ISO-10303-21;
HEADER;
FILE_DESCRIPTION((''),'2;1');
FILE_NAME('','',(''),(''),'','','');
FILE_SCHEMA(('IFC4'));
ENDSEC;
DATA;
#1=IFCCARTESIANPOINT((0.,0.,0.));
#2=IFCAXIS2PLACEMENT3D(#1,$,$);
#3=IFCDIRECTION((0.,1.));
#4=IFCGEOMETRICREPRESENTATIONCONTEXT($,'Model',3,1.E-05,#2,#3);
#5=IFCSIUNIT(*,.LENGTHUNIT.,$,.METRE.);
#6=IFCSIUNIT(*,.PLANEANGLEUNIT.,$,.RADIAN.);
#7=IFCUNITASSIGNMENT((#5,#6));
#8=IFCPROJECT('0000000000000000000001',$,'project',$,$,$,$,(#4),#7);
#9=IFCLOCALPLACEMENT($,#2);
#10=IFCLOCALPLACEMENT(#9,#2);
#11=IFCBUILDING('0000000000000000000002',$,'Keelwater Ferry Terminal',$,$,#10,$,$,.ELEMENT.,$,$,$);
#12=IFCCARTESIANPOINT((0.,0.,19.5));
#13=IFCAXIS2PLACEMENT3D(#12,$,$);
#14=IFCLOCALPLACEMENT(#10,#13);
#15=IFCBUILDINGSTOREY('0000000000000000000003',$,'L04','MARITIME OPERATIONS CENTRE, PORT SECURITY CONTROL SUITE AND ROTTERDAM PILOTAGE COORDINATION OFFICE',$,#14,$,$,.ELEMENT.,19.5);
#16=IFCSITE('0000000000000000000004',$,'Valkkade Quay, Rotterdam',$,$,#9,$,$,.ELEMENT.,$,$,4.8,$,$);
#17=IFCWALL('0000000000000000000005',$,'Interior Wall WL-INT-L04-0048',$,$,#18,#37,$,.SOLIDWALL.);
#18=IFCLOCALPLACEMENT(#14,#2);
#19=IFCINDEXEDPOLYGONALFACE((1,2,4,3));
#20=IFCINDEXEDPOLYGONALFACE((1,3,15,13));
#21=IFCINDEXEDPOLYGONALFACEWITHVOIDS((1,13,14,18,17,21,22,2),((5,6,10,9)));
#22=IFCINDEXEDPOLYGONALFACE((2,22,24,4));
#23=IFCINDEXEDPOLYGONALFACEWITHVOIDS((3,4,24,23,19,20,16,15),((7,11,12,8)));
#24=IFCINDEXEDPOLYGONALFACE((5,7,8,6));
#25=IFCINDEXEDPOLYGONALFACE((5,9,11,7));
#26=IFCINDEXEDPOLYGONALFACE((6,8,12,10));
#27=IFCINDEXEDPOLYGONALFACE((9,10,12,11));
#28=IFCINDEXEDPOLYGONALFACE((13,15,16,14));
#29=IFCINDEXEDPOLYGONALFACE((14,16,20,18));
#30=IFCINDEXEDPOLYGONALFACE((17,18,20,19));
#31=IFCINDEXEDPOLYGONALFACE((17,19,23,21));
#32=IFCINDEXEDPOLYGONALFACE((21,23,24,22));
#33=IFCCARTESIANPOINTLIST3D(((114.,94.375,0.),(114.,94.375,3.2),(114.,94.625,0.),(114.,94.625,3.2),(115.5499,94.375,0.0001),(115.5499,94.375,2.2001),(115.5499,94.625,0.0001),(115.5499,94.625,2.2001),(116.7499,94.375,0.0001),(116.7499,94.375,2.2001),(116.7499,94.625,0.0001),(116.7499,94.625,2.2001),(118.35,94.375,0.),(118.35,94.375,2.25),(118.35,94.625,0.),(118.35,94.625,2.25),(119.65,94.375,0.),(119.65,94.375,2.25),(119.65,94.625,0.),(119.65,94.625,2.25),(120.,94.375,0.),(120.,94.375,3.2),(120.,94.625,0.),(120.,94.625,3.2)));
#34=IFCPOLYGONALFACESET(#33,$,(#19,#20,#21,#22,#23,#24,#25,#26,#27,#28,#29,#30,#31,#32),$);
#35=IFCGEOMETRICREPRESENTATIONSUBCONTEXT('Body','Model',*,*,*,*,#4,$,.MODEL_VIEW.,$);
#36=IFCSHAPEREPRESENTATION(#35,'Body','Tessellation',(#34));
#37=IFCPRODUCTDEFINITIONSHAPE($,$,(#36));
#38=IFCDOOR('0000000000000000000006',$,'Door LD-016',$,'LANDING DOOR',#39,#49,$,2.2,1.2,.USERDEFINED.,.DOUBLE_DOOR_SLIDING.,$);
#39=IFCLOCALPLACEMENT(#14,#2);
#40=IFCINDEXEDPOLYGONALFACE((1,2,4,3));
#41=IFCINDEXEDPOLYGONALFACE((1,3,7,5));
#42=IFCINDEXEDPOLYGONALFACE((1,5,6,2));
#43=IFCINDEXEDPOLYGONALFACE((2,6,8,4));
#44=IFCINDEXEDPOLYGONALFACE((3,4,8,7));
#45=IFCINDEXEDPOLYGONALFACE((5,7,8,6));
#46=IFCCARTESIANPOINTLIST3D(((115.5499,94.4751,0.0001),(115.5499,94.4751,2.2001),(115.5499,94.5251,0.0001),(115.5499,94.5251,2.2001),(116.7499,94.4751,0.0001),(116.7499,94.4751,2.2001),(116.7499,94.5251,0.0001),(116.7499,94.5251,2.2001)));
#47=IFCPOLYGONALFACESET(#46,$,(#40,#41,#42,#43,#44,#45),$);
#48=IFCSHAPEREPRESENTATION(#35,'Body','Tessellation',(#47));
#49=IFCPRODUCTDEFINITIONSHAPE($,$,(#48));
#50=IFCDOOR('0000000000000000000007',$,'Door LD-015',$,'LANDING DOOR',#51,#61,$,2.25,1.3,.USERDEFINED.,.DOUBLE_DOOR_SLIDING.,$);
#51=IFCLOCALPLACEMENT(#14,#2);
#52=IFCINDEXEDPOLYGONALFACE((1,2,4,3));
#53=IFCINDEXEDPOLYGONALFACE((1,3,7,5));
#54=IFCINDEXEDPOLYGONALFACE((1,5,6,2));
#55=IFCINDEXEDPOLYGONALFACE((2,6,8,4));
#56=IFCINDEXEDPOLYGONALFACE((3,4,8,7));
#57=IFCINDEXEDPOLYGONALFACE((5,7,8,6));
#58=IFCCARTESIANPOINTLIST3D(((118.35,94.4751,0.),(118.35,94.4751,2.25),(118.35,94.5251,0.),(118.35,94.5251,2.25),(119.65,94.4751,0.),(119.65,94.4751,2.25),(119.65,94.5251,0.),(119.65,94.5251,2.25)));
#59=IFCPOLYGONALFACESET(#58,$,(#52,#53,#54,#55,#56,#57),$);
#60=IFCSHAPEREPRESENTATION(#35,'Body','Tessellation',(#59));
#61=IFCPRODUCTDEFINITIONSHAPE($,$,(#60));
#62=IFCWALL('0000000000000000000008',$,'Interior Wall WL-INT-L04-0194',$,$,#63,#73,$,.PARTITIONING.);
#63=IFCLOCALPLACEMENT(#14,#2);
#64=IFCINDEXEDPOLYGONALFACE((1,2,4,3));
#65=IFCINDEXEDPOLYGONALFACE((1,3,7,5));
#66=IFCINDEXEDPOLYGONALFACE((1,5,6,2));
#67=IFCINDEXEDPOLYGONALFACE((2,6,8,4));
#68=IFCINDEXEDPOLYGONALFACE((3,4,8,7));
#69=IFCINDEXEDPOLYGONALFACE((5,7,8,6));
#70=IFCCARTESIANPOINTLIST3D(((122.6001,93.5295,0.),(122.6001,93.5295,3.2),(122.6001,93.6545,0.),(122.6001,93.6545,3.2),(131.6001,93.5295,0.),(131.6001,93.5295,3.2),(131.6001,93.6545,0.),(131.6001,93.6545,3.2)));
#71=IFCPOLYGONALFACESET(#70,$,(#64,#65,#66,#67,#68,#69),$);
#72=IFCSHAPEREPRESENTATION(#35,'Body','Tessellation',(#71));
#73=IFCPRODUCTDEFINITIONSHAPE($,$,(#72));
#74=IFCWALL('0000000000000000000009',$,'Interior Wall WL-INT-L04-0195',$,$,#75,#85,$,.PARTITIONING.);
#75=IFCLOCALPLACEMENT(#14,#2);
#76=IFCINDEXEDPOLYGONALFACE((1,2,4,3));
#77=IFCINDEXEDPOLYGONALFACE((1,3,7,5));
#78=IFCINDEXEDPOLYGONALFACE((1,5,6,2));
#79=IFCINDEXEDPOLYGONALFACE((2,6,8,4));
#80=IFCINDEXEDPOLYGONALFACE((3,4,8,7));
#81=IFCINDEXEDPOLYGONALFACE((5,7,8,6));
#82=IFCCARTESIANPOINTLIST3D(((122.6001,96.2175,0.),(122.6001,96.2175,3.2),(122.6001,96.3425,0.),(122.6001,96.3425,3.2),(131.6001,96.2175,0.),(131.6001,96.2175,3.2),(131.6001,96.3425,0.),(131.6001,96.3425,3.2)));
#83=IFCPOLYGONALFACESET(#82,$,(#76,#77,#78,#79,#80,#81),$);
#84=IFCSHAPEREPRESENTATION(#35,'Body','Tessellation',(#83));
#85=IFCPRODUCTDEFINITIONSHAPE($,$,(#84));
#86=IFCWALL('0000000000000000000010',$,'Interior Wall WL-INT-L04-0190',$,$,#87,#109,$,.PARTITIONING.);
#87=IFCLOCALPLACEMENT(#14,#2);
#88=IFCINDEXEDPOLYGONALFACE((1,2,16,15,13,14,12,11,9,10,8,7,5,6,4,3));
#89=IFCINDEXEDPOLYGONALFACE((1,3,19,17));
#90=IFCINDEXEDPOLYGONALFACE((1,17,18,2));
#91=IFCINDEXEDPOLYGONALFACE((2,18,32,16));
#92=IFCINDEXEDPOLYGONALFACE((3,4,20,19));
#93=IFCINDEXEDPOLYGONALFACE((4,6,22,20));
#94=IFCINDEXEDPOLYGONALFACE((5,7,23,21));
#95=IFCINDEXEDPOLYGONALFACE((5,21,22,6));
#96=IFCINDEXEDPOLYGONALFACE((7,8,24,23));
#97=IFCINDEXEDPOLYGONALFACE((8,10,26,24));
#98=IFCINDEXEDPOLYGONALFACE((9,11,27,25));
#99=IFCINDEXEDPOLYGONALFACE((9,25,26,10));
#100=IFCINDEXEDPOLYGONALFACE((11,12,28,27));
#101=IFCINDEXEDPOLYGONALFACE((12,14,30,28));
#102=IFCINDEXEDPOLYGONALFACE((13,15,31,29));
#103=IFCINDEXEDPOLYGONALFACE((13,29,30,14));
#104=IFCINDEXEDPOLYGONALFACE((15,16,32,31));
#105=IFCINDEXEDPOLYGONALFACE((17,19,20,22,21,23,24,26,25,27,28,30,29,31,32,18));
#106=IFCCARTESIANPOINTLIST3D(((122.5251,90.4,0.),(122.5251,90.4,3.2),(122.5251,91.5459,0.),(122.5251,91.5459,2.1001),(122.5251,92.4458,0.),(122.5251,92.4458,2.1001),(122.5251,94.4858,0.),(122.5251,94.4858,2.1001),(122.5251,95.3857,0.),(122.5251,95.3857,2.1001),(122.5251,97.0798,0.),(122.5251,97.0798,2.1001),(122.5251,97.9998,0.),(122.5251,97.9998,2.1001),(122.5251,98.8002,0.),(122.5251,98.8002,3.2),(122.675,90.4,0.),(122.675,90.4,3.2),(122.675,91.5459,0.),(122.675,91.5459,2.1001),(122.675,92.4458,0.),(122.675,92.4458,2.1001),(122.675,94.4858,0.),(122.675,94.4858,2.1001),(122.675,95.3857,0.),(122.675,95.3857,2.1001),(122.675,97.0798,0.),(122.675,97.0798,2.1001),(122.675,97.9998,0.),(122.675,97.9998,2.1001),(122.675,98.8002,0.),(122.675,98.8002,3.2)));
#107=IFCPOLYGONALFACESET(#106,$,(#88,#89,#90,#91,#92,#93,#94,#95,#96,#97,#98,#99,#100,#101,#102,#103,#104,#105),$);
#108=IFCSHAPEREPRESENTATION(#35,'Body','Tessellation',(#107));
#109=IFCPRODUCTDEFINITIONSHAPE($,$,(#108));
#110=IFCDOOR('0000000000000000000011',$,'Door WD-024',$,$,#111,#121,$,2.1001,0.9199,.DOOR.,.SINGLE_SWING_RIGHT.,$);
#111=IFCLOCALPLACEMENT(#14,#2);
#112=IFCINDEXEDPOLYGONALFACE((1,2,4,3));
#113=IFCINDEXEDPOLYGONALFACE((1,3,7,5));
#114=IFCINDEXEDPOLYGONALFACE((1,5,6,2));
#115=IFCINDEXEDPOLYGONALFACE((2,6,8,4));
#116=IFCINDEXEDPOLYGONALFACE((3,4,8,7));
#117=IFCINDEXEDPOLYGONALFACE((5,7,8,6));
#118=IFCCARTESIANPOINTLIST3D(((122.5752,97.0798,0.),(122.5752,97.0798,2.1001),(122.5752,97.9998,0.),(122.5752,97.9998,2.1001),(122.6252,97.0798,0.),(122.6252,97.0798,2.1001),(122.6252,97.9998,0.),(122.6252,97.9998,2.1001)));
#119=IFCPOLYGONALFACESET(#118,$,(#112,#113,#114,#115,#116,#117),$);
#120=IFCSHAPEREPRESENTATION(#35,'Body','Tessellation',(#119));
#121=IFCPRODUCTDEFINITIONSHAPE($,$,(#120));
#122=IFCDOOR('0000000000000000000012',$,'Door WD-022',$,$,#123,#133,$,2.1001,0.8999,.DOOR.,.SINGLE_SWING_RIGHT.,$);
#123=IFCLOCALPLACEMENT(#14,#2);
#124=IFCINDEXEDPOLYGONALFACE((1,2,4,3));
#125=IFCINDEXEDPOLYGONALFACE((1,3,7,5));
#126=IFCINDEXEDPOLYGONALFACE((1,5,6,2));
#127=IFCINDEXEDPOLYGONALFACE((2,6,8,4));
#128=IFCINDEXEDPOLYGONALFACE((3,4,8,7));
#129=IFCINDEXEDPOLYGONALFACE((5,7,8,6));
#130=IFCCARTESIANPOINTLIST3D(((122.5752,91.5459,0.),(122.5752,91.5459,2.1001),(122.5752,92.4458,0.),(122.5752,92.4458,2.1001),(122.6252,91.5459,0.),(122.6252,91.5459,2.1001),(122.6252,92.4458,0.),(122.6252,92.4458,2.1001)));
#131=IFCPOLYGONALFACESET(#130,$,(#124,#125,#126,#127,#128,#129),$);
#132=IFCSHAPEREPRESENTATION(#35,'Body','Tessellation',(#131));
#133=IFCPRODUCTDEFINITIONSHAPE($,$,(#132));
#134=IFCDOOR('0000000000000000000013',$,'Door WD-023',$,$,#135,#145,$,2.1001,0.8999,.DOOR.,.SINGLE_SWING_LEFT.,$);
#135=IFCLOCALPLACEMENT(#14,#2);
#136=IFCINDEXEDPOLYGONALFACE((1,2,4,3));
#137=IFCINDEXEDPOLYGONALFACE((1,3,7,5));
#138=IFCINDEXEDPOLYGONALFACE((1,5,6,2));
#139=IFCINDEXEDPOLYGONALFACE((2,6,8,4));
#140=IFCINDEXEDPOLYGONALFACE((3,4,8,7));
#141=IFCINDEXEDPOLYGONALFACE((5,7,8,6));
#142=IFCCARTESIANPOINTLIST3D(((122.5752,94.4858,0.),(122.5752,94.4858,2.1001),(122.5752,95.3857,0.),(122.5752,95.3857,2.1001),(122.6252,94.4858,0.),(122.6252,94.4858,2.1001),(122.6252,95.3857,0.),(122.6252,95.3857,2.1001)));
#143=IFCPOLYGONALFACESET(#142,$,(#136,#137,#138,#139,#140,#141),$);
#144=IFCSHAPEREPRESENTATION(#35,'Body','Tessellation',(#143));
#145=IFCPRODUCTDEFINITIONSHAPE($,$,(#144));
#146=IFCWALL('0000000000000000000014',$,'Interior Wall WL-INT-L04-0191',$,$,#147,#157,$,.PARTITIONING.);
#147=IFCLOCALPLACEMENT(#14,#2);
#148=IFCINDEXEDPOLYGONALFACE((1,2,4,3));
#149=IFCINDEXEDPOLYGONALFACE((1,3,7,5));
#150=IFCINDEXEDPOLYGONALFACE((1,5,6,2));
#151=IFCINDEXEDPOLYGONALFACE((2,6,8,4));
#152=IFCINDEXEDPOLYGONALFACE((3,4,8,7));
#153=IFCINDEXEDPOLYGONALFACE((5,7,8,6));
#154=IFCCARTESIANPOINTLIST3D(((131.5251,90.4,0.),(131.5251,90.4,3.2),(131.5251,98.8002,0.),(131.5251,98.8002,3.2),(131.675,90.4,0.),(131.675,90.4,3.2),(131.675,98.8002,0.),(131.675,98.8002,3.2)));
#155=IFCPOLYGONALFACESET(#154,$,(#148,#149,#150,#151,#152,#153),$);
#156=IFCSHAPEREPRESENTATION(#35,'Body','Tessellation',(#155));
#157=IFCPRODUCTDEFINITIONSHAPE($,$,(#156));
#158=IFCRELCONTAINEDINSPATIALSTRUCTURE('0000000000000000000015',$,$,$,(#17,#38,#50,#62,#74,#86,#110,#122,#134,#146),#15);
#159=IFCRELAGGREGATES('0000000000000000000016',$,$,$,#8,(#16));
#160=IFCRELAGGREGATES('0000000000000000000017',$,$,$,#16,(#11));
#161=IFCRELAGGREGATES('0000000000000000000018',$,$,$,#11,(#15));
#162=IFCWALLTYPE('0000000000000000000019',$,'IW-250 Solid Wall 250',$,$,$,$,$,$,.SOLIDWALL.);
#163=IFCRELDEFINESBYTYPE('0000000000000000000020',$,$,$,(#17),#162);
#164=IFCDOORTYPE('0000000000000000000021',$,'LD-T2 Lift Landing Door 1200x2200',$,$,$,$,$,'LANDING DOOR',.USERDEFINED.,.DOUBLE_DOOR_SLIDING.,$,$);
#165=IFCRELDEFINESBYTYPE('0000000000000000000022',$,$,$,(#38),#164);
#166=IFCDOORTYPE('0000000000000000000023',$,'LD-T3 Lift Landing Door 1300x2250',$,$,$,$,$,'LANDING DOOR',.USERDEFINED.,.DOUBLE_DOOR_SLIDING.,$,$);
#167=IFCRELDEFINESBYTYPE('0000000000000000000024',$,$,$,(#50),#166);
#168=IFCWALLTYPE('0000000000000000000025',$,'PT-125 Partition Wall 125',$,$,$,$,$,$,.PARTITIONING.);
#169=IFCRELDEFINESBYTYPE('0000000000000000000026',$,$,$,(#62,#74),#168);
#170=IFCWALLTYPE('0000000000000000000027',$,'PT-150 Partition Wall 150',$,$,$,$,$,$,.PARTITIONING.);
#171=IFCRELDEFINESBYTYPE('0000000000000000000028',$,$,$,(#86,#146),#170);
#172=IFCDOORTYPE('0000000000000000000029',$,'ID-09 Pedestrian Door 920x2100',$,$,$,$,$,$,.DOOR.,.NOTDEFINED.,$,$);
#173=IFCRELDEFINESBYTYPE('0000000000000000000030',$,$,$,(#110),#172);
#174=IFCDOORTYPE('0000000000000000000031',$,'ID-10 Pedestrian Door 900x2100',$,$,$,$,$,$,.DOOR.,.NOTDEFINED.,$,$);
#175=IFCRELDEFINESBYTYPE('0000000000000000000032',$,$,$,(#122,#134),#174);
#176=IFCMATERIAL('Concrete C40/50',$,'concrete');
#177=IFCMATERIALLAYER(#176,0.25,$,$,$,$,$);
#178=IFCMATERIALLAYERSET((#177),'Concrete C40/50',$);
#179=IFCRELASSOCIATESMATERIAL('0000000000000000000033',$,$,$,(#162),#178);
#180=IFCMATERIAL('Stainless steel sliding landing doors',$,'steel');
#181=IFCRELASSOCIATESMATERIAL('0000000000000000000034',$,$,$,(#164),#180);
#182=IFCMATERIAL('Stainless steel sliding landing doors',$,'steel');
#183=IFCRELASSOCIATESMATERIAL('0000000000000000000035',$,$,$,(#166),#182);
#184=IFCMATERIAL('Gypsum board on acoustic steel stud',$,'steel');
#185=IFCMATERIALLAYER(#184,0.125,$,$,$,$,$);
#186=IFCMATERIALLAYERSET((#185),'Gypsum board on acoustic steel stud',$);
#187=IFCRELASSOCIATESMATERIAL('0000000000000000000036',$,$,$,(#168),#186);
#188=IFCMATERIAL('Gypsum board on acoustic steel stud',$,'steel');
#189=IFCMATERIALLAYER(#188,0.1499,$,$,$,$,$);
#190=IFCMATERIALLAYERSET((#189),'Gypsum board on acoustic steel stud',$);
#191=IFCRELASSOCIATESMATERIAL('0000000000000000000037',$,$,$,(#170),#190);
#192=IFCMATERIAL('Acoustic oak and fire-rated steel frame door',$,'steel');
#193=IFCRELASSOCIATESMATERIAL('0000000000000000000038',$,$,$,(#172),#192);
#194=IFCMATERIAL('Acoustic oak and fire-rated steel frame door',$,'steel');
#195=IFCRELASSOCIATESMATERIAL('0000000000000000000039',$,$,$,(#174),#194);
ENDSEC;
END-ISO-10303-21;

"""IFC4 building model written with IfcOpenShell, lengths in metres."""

from ifc_helpers import new_model, si_unit, direction, frame, frame_2d, origin, place, context, subcontext, project, spatial, rectangle, extrude, material, layer, layer_set, type_object, element, fill, save


model = new_model("IFC4")

# Units and contexts
model_context = context("Model", 3, precision=1e-05, world=origin(), true_north=direction((0.0, 1.0)))
body_context = subcontext(model_context, "Body", "Model", "MODEL_VIEW")
ifc_project = project(units=[si_unit("LENGTHUNIT", "METRE"), si_unit("PLANEANGLEUNIT", "RADIAN")], contexts=[model_context])

# Site, building, storey
site_placement = place(None, origin())
site = spatial("IfcSite", under=ifc_project, at=site_placement, Name="Valkkade Quay, Rotterdam", CompositionType="ELEMENT", RefElevation=4.8)
building_placement = place(site_placement, origin())
building = spatial("IfcBuilding", under=site, at=building_placement, Name="Keelwater Ferry Terminal", CompositionType="ELEMENT")
storey_placement = place(building_placement, frame((0.0, 0.0, 19.5)))
storey = spatial("IfcBuildingStorey", under=building, at=storey_placement, Name="L04", Description="MARITIME OPERATIONS CENTRE, PORT SECURITY CONTROL SUITE AND ROTTERDAM PILOTAGE COORDINATION OFFICE", CompositionType="ELEMENT", Elevation=19.5)

# Wall, openings, doors
ifc_material_1 = material(Name="Concrete C40/50", Category="concrete")
ifc_layer_1 = layer(ifc_material_1, 0.25)
ifc_layer_set_1 = layer_set([ifc_layer_1], Name="Concrete C40/50")
wall_type_1 = type_object("IfcWallType", Name="IW-250 Solid Wall 250", PredefinedType="SOLIDWALL", material=ifc_layer_set_1)
wall_1_placement = place(storey_placement, frame((120.0, 94.5, 0.0), z_axis=(0.0, 0.0, 1.0), x_axis=(-1.0, 0.0, 0.0)))
wall_1 = element("IfcWall", 1, at=wall_1_placement, inside=storey, type_object=wall_type_1, Name="Interior Wall WL-INT-L04-0048", PredefinedType="SOLIDWALL", context=body_context, shape_type="SweptSolid", body=[
    extrude(rectangle(XDim=6.0, YDim=0.25, at=frame_2d((3.0, 0.0))), origin(), (0.0, 0.0, 1.0), 3.2),
])
opening_1_placement = place(wall_1_placement, frame((0.3501, 0.0, 0.0)))
opening_1 = element("IfcOpeningElement", 2, at=opening_1_placement, cuts=wall_1, PredefinedType="OPENING", context=body_context, shape_type="SweptSolid", body=[
    extrude(rectangle(XDim=1.3, YDim=2.25, at=frame_2d((0.6499, 1.125))), frame((0.0, 0.135, 0.0), z_axis=(0.0, -1.0, 0.0), x_axis=(1.0, 0.0, 0.0)), (0.0, 0.0, 1.0), 0.27),
])
opening_2_placement = place(wall_1_placement, frame((3.25, 0.0, 0.0)))
opening_2 = element("IfcOpeningElement", 3, at=opening_2_placement, cuts=wall_1, PredefinedType="OPENING", context=body_context, shape_type="SweptSolid", body=[
    extrude(rectangle(XDim=1.2, YDim=2.2, at=frame_2d((0.6001, 1.1001))), frame((0.0, 0.135, 0.0), z_axis=(0.0, -1.0, 0.0), x_axis=(1.0, 0.0, 0.0)), (0.0, 0.0, 1.0), 0.27),
])
ifc_material_2 = material(Name="Stainless steel sliding landing doors", Category="steel")
door_type_1 = type_object("IfcDoorType", Name="LD-T2 Lift Landing Door 1200x2200", ElementType="LANDING DOOR", OperationType="DOUBLE_DOOR_SLIDING", PredefinedType="USERDEFINED", material=ifc_material_2)
door_1_placement = place(opening_2_placement, origin())
door_1 = element("IfcDoor", 4, at=door_1_placement, inside=storey, type_object=door_type_1, Name="Door LD-016", ObjectType="LANDING DOOR", OperationType="DOUBLE_DOOR_SLIDING", OverallHeight=2.2, OverallWidth=1.2, PredefinedType="USERDEFINED", context=body_context, shape_type="SweptSolid", body=[
    extrude(rectangle(XDim=1.2, YDim=2.2, at=frame_2d((0.6001, 1.1001))), frame((0.0, 0.0249, 0.0), z_axis=(0.0, -1.0, 0.0), x_axis=(1.0, 0.0, 0.0)), (0.0, 0.0, 1.0), 0.05),
])
fill(opening_2, door_1)
ifc_material_3 = material(Name="Stainless steel sliding landing doors", Category="steel")
door_type_2 = type_object("IfcDoorType", Name="LD-T3 Lift Landing Door 1300x2250", ElementType="LANDING DOOR", OperationType="DOUBLE_DOOR_SLIDING", PredefinedType="USERDEFINED", material=ifc_material_3)
door_2_placement = place(opening_1_placement, origin())
door_2 = element("IfcDoor", 5, at=door_2_placement, inside=storey, type_object=door_type_2, Name="Door LD-015", ObjectType="LANDING DOOR", OperationType="DOUBLE_DOOR_SLIDING", OverallHeight=2.25, OverallWidth=1.3, PredefinedType="USERDEFINED", context=body_context, shape_type="SweptSolid", body=[
    extrude(rectangle(XDim=1.3, YDim=2.25, at=frame_2d((0.6499, 1.125))), frame((0.0, 0.0249, 0.0), z_axis=(0.0, -1.0, 0.0), x_axis=(1.0, 0.0, 0.0)), (0.0, 0.0, 1.0), 0.05),
])
fill(opening_1, door_2)

# Walls
ifc_material_4 = material(Name="Gypsum board on acoustic steel stud", Category="steel")
ifc_layer_2 = layer(ifc_material_4, 0.125)
ifc_layer_set_2 = layer_set([ifc_layer_2], Name="Gypsum board on acoustic steel stud")
wall_type_2 = type_object("IfcWallType", Name="PT-125 Partition Wall 125", PredefinedType="PARTITIONING", material=ifc_layer_set_2)
for number, where, z_axis, x_axis, name in (
    (6, (122.6001, 93.592, 0.0), (0.0, 0.0, 1.0), (1.0, 0.0, 0.0), "Interior Wall WL-INT-L04-0194"),
    (7, (122.6001, 96.28, 0.0), (0.0, 0.0, 1.0), (1.0, 0.0, 0.0), "Interior Wall WL-INT-L04-0195"),
):
    element("IfcWall", number, at=place(storey_placement, frame(where, z_axis=z_axis, x_axis=x_axis)), inside=storey, type_object=wall_type_2, Name=name, PredefinedType="PARTITIONING", context=body_context, shape_type="SweptSolid", body=[
        extrude(rectangle(XDim=9.0, YDim=0.125, at=frame_2d((4.5, 0.0))), origin(), (0.0, 0.0, 1.0), 3.2),
    ])

# Wall, openings, doors
ifc_material_5 = material(Name="Gypsum board on acoustic steel stud", Category="steel")
ifc_layer_3 = layer(ifc_material_5, 0.1499)
ifc_layer_set_3 = layer_set([ifc_layer_3], Name="Gypsum board on acoustic steel stud")
wall_type_3 = type_object("IfcWallType", Name="PT-150 Partition Wall 150", PredefinedType="PARTITIONING", material=ifc_layer_set_3)
wall_2_placement = place(storey_placement, frame((122.6001, 90.3999, 0.0), z_axis=(0.0, 0.0, 1.0), x_axis=(0.0, 1.0, 0.0)))
wall_2 = element("IfcWall", 8, at=wall_2_placement, inside=storey, type_object=wall_type_3, Name="Interior Wall WL-INT-L04-0190", PredefinedType="PARTITIONING", context=body_context, shape_type="SweptSolid", body=[
    extrude(rectangle(XDim=8.4001, YDim=0.1499, at=frame_2d((4.2002, 0.0))), origin(), (0.0, 0.0, 1.0), 3.2),
])
opening_3_placement = place(wall_2_placement, frame((1.146, 0.0, 0.0)))
opening_3 = element("IfcOpeningElement", 9, at=opening_3_placement, cuts=wall_2, PredefinedType="OPENING", context=body_context, shape_type="SweptSolid", body=[
    extrude(rectangle(XDim=0.8999, YDim=2.1001, at=frame_2d((0.45, 1.05))), frame((0.0, 0.085, 0.0), z_axis=(0.0, -1.0, 0.0), x_axis=(1.0, 0.0, 0.0)), (0.0, 0.0, 1.0), 0.1699),
])
opening_4_placement = place(wall_2_placement, frame((4.0859, 0.0, 0.0)))
opening_4 = element("IfcOpeningElement", 10, at=opening_4_placement, cuts=wall_2, PredefinedType="OPENING", context=body_context, shape_type="SweptSolid", body=[
    extrude(rectangle(XDim=0.8999, YDim=2.1001, at=frame_2d((0.45, 1.05))), frame((0.0, 0.085, 0.0), z_axis=(0.0, -1.0, 0.0), x_axis=(1.0, 0.0, 0.0)), (0.0, 0.0, 1.0), 0.1699),
])
opening_5_placement = place(wall_2_placement, frame((6.6799, 0.0, 0.0)))
opening_5 = element("IfcOpeningElement", 11, at=opening_5_placement, cuts=wall_2, PredefinedType="OPENING", context=body_context, shape_type="SweptSolid", body=[
    extrude(rectangle(XDim=0.9199, YDim=2.1001, at=frame_2d((0.46, 1.05))), frame((0.0, 0.085, 0.0), z_axis=(0.0, -1.0, 0.0), x_axis=(1.0, 0.0, 0.0)), (0.0, 0.0, 1.0), 0.1699),
])
ifc_material_6 = material(Name="Acoustic oak and fire-rated steel frame door", Category="steel")
door_type_3 = type_object("IfcDoorType", Name="ID-09 Pedestrian Door 920x2100", OperationType="NOTDEFINED", PredefinedType="DOOR", material=ifc_material_6)
door_3_placement = place(opening_5_placement, origin())
door_3 = element("IfcDoor", 12, at=door_3_placement, inside=storey, type_object=door_type_3, Name="Door WD-024", OperationType="SINGLE_SWING_RIGHT", OverallHeight=2.1001, OverallWidth=0.9199, PredefinedType="DOOR", context=body_context, shape_type="SweptSolid", body=[
    extrude(rectangle(XDim=0.9199, YDim=2.1001, at=frame_2d((0.46, 1.05))), frame((0.0, 0.0249, 0.0), z_axis=(0.0, -1.0, 0.0), x_axis=(1.0, 0.0, 0.0)), (0.0, 0.0, 1.0), 0.05),
])
fill(opening_5, door_3)
ifc_material_7 = material(Name="Acoustic oak and fire-rated steel frame door", Category="steel")
door_type_4 = type_object("IfcDoorType", Name="ID-10 Pedestrian Door 900x2100", OperationType="NOTDEFINED", PredefinedType="DOOR", material=ifc_material_7)
door_4_placement = place(opening_3_placement, origin())
door_4 = element("IfcDoor", 13, at=door_4_placement, inside=storey, type_object=door_type_4, Name="Door WD-022", OperationType="SINGLE_SWING_RIGHT", OverallHeight=2.1001, OverallWidth=0.8999, PredefinedType="DOOR", context=body_context, shape_type="SweptSolid", body=[
    extrude(rectangle(XDim=0.8999, YDim=2.1001, at=frame_2d((0.45, 1.05))), frame((0.0, 0.0249, 0.0), z_axis=(0.0, -1.0, 0.0), x_axis=(1.0, 0.0, 0.0)), (0.0, 0.0, 1.0), 0.05),
])
fill(opening_3, door_4)
door_5_placement = place(opening_4_placement, origin())
door_5 = element("IfcDoor", 14, at=door_5_placement, inside=storey, type_object=door_type_4, Name="Door WD-023", OperationType="SINGLE_SWING_LEFT", OverallHeight=2.1001, OverallWidth=0.8999, PredefinedType="DOOR", context=body_context, shape_type="SweptSolid", body=[
    extrude(rectangle(XDim=0.8999, YDim=2.1001, at=frame_2d((0.45, 1.05))), frame((0.0, 0.0249, 0.0), z_axis=(0.0, -1.0, 0.0), x_axis=(1.0, 0.0, 0.0)), (0.0, 0.0, 1.0), 0.05),
])
fill(opening_4, door_5)

# Wall
wall_3_placement = place(storey_placement, frame((131.6001, 90.3999, 0.0), z_axis=(0.0, 0.0, 1.0), x_axis=(0.0, 1.0, 0.0)))
element("IfcWall", 15, at=wall_3_placement, inside=storey, type_object=wall_type_3, Name="Interior Wall WL-INT-L04-0191", PredefinedType="PARTITIONING", context=body_context, shape_type="SweptSolid", body=[
    extrude(rectangle(XDim=8.4001, YDim=0.1499, at=frame_2d((4.2002, 0.0))), origin(), (0.0, 0.0, 1.0), 3.2),
])

save(model, "model.ifc")
